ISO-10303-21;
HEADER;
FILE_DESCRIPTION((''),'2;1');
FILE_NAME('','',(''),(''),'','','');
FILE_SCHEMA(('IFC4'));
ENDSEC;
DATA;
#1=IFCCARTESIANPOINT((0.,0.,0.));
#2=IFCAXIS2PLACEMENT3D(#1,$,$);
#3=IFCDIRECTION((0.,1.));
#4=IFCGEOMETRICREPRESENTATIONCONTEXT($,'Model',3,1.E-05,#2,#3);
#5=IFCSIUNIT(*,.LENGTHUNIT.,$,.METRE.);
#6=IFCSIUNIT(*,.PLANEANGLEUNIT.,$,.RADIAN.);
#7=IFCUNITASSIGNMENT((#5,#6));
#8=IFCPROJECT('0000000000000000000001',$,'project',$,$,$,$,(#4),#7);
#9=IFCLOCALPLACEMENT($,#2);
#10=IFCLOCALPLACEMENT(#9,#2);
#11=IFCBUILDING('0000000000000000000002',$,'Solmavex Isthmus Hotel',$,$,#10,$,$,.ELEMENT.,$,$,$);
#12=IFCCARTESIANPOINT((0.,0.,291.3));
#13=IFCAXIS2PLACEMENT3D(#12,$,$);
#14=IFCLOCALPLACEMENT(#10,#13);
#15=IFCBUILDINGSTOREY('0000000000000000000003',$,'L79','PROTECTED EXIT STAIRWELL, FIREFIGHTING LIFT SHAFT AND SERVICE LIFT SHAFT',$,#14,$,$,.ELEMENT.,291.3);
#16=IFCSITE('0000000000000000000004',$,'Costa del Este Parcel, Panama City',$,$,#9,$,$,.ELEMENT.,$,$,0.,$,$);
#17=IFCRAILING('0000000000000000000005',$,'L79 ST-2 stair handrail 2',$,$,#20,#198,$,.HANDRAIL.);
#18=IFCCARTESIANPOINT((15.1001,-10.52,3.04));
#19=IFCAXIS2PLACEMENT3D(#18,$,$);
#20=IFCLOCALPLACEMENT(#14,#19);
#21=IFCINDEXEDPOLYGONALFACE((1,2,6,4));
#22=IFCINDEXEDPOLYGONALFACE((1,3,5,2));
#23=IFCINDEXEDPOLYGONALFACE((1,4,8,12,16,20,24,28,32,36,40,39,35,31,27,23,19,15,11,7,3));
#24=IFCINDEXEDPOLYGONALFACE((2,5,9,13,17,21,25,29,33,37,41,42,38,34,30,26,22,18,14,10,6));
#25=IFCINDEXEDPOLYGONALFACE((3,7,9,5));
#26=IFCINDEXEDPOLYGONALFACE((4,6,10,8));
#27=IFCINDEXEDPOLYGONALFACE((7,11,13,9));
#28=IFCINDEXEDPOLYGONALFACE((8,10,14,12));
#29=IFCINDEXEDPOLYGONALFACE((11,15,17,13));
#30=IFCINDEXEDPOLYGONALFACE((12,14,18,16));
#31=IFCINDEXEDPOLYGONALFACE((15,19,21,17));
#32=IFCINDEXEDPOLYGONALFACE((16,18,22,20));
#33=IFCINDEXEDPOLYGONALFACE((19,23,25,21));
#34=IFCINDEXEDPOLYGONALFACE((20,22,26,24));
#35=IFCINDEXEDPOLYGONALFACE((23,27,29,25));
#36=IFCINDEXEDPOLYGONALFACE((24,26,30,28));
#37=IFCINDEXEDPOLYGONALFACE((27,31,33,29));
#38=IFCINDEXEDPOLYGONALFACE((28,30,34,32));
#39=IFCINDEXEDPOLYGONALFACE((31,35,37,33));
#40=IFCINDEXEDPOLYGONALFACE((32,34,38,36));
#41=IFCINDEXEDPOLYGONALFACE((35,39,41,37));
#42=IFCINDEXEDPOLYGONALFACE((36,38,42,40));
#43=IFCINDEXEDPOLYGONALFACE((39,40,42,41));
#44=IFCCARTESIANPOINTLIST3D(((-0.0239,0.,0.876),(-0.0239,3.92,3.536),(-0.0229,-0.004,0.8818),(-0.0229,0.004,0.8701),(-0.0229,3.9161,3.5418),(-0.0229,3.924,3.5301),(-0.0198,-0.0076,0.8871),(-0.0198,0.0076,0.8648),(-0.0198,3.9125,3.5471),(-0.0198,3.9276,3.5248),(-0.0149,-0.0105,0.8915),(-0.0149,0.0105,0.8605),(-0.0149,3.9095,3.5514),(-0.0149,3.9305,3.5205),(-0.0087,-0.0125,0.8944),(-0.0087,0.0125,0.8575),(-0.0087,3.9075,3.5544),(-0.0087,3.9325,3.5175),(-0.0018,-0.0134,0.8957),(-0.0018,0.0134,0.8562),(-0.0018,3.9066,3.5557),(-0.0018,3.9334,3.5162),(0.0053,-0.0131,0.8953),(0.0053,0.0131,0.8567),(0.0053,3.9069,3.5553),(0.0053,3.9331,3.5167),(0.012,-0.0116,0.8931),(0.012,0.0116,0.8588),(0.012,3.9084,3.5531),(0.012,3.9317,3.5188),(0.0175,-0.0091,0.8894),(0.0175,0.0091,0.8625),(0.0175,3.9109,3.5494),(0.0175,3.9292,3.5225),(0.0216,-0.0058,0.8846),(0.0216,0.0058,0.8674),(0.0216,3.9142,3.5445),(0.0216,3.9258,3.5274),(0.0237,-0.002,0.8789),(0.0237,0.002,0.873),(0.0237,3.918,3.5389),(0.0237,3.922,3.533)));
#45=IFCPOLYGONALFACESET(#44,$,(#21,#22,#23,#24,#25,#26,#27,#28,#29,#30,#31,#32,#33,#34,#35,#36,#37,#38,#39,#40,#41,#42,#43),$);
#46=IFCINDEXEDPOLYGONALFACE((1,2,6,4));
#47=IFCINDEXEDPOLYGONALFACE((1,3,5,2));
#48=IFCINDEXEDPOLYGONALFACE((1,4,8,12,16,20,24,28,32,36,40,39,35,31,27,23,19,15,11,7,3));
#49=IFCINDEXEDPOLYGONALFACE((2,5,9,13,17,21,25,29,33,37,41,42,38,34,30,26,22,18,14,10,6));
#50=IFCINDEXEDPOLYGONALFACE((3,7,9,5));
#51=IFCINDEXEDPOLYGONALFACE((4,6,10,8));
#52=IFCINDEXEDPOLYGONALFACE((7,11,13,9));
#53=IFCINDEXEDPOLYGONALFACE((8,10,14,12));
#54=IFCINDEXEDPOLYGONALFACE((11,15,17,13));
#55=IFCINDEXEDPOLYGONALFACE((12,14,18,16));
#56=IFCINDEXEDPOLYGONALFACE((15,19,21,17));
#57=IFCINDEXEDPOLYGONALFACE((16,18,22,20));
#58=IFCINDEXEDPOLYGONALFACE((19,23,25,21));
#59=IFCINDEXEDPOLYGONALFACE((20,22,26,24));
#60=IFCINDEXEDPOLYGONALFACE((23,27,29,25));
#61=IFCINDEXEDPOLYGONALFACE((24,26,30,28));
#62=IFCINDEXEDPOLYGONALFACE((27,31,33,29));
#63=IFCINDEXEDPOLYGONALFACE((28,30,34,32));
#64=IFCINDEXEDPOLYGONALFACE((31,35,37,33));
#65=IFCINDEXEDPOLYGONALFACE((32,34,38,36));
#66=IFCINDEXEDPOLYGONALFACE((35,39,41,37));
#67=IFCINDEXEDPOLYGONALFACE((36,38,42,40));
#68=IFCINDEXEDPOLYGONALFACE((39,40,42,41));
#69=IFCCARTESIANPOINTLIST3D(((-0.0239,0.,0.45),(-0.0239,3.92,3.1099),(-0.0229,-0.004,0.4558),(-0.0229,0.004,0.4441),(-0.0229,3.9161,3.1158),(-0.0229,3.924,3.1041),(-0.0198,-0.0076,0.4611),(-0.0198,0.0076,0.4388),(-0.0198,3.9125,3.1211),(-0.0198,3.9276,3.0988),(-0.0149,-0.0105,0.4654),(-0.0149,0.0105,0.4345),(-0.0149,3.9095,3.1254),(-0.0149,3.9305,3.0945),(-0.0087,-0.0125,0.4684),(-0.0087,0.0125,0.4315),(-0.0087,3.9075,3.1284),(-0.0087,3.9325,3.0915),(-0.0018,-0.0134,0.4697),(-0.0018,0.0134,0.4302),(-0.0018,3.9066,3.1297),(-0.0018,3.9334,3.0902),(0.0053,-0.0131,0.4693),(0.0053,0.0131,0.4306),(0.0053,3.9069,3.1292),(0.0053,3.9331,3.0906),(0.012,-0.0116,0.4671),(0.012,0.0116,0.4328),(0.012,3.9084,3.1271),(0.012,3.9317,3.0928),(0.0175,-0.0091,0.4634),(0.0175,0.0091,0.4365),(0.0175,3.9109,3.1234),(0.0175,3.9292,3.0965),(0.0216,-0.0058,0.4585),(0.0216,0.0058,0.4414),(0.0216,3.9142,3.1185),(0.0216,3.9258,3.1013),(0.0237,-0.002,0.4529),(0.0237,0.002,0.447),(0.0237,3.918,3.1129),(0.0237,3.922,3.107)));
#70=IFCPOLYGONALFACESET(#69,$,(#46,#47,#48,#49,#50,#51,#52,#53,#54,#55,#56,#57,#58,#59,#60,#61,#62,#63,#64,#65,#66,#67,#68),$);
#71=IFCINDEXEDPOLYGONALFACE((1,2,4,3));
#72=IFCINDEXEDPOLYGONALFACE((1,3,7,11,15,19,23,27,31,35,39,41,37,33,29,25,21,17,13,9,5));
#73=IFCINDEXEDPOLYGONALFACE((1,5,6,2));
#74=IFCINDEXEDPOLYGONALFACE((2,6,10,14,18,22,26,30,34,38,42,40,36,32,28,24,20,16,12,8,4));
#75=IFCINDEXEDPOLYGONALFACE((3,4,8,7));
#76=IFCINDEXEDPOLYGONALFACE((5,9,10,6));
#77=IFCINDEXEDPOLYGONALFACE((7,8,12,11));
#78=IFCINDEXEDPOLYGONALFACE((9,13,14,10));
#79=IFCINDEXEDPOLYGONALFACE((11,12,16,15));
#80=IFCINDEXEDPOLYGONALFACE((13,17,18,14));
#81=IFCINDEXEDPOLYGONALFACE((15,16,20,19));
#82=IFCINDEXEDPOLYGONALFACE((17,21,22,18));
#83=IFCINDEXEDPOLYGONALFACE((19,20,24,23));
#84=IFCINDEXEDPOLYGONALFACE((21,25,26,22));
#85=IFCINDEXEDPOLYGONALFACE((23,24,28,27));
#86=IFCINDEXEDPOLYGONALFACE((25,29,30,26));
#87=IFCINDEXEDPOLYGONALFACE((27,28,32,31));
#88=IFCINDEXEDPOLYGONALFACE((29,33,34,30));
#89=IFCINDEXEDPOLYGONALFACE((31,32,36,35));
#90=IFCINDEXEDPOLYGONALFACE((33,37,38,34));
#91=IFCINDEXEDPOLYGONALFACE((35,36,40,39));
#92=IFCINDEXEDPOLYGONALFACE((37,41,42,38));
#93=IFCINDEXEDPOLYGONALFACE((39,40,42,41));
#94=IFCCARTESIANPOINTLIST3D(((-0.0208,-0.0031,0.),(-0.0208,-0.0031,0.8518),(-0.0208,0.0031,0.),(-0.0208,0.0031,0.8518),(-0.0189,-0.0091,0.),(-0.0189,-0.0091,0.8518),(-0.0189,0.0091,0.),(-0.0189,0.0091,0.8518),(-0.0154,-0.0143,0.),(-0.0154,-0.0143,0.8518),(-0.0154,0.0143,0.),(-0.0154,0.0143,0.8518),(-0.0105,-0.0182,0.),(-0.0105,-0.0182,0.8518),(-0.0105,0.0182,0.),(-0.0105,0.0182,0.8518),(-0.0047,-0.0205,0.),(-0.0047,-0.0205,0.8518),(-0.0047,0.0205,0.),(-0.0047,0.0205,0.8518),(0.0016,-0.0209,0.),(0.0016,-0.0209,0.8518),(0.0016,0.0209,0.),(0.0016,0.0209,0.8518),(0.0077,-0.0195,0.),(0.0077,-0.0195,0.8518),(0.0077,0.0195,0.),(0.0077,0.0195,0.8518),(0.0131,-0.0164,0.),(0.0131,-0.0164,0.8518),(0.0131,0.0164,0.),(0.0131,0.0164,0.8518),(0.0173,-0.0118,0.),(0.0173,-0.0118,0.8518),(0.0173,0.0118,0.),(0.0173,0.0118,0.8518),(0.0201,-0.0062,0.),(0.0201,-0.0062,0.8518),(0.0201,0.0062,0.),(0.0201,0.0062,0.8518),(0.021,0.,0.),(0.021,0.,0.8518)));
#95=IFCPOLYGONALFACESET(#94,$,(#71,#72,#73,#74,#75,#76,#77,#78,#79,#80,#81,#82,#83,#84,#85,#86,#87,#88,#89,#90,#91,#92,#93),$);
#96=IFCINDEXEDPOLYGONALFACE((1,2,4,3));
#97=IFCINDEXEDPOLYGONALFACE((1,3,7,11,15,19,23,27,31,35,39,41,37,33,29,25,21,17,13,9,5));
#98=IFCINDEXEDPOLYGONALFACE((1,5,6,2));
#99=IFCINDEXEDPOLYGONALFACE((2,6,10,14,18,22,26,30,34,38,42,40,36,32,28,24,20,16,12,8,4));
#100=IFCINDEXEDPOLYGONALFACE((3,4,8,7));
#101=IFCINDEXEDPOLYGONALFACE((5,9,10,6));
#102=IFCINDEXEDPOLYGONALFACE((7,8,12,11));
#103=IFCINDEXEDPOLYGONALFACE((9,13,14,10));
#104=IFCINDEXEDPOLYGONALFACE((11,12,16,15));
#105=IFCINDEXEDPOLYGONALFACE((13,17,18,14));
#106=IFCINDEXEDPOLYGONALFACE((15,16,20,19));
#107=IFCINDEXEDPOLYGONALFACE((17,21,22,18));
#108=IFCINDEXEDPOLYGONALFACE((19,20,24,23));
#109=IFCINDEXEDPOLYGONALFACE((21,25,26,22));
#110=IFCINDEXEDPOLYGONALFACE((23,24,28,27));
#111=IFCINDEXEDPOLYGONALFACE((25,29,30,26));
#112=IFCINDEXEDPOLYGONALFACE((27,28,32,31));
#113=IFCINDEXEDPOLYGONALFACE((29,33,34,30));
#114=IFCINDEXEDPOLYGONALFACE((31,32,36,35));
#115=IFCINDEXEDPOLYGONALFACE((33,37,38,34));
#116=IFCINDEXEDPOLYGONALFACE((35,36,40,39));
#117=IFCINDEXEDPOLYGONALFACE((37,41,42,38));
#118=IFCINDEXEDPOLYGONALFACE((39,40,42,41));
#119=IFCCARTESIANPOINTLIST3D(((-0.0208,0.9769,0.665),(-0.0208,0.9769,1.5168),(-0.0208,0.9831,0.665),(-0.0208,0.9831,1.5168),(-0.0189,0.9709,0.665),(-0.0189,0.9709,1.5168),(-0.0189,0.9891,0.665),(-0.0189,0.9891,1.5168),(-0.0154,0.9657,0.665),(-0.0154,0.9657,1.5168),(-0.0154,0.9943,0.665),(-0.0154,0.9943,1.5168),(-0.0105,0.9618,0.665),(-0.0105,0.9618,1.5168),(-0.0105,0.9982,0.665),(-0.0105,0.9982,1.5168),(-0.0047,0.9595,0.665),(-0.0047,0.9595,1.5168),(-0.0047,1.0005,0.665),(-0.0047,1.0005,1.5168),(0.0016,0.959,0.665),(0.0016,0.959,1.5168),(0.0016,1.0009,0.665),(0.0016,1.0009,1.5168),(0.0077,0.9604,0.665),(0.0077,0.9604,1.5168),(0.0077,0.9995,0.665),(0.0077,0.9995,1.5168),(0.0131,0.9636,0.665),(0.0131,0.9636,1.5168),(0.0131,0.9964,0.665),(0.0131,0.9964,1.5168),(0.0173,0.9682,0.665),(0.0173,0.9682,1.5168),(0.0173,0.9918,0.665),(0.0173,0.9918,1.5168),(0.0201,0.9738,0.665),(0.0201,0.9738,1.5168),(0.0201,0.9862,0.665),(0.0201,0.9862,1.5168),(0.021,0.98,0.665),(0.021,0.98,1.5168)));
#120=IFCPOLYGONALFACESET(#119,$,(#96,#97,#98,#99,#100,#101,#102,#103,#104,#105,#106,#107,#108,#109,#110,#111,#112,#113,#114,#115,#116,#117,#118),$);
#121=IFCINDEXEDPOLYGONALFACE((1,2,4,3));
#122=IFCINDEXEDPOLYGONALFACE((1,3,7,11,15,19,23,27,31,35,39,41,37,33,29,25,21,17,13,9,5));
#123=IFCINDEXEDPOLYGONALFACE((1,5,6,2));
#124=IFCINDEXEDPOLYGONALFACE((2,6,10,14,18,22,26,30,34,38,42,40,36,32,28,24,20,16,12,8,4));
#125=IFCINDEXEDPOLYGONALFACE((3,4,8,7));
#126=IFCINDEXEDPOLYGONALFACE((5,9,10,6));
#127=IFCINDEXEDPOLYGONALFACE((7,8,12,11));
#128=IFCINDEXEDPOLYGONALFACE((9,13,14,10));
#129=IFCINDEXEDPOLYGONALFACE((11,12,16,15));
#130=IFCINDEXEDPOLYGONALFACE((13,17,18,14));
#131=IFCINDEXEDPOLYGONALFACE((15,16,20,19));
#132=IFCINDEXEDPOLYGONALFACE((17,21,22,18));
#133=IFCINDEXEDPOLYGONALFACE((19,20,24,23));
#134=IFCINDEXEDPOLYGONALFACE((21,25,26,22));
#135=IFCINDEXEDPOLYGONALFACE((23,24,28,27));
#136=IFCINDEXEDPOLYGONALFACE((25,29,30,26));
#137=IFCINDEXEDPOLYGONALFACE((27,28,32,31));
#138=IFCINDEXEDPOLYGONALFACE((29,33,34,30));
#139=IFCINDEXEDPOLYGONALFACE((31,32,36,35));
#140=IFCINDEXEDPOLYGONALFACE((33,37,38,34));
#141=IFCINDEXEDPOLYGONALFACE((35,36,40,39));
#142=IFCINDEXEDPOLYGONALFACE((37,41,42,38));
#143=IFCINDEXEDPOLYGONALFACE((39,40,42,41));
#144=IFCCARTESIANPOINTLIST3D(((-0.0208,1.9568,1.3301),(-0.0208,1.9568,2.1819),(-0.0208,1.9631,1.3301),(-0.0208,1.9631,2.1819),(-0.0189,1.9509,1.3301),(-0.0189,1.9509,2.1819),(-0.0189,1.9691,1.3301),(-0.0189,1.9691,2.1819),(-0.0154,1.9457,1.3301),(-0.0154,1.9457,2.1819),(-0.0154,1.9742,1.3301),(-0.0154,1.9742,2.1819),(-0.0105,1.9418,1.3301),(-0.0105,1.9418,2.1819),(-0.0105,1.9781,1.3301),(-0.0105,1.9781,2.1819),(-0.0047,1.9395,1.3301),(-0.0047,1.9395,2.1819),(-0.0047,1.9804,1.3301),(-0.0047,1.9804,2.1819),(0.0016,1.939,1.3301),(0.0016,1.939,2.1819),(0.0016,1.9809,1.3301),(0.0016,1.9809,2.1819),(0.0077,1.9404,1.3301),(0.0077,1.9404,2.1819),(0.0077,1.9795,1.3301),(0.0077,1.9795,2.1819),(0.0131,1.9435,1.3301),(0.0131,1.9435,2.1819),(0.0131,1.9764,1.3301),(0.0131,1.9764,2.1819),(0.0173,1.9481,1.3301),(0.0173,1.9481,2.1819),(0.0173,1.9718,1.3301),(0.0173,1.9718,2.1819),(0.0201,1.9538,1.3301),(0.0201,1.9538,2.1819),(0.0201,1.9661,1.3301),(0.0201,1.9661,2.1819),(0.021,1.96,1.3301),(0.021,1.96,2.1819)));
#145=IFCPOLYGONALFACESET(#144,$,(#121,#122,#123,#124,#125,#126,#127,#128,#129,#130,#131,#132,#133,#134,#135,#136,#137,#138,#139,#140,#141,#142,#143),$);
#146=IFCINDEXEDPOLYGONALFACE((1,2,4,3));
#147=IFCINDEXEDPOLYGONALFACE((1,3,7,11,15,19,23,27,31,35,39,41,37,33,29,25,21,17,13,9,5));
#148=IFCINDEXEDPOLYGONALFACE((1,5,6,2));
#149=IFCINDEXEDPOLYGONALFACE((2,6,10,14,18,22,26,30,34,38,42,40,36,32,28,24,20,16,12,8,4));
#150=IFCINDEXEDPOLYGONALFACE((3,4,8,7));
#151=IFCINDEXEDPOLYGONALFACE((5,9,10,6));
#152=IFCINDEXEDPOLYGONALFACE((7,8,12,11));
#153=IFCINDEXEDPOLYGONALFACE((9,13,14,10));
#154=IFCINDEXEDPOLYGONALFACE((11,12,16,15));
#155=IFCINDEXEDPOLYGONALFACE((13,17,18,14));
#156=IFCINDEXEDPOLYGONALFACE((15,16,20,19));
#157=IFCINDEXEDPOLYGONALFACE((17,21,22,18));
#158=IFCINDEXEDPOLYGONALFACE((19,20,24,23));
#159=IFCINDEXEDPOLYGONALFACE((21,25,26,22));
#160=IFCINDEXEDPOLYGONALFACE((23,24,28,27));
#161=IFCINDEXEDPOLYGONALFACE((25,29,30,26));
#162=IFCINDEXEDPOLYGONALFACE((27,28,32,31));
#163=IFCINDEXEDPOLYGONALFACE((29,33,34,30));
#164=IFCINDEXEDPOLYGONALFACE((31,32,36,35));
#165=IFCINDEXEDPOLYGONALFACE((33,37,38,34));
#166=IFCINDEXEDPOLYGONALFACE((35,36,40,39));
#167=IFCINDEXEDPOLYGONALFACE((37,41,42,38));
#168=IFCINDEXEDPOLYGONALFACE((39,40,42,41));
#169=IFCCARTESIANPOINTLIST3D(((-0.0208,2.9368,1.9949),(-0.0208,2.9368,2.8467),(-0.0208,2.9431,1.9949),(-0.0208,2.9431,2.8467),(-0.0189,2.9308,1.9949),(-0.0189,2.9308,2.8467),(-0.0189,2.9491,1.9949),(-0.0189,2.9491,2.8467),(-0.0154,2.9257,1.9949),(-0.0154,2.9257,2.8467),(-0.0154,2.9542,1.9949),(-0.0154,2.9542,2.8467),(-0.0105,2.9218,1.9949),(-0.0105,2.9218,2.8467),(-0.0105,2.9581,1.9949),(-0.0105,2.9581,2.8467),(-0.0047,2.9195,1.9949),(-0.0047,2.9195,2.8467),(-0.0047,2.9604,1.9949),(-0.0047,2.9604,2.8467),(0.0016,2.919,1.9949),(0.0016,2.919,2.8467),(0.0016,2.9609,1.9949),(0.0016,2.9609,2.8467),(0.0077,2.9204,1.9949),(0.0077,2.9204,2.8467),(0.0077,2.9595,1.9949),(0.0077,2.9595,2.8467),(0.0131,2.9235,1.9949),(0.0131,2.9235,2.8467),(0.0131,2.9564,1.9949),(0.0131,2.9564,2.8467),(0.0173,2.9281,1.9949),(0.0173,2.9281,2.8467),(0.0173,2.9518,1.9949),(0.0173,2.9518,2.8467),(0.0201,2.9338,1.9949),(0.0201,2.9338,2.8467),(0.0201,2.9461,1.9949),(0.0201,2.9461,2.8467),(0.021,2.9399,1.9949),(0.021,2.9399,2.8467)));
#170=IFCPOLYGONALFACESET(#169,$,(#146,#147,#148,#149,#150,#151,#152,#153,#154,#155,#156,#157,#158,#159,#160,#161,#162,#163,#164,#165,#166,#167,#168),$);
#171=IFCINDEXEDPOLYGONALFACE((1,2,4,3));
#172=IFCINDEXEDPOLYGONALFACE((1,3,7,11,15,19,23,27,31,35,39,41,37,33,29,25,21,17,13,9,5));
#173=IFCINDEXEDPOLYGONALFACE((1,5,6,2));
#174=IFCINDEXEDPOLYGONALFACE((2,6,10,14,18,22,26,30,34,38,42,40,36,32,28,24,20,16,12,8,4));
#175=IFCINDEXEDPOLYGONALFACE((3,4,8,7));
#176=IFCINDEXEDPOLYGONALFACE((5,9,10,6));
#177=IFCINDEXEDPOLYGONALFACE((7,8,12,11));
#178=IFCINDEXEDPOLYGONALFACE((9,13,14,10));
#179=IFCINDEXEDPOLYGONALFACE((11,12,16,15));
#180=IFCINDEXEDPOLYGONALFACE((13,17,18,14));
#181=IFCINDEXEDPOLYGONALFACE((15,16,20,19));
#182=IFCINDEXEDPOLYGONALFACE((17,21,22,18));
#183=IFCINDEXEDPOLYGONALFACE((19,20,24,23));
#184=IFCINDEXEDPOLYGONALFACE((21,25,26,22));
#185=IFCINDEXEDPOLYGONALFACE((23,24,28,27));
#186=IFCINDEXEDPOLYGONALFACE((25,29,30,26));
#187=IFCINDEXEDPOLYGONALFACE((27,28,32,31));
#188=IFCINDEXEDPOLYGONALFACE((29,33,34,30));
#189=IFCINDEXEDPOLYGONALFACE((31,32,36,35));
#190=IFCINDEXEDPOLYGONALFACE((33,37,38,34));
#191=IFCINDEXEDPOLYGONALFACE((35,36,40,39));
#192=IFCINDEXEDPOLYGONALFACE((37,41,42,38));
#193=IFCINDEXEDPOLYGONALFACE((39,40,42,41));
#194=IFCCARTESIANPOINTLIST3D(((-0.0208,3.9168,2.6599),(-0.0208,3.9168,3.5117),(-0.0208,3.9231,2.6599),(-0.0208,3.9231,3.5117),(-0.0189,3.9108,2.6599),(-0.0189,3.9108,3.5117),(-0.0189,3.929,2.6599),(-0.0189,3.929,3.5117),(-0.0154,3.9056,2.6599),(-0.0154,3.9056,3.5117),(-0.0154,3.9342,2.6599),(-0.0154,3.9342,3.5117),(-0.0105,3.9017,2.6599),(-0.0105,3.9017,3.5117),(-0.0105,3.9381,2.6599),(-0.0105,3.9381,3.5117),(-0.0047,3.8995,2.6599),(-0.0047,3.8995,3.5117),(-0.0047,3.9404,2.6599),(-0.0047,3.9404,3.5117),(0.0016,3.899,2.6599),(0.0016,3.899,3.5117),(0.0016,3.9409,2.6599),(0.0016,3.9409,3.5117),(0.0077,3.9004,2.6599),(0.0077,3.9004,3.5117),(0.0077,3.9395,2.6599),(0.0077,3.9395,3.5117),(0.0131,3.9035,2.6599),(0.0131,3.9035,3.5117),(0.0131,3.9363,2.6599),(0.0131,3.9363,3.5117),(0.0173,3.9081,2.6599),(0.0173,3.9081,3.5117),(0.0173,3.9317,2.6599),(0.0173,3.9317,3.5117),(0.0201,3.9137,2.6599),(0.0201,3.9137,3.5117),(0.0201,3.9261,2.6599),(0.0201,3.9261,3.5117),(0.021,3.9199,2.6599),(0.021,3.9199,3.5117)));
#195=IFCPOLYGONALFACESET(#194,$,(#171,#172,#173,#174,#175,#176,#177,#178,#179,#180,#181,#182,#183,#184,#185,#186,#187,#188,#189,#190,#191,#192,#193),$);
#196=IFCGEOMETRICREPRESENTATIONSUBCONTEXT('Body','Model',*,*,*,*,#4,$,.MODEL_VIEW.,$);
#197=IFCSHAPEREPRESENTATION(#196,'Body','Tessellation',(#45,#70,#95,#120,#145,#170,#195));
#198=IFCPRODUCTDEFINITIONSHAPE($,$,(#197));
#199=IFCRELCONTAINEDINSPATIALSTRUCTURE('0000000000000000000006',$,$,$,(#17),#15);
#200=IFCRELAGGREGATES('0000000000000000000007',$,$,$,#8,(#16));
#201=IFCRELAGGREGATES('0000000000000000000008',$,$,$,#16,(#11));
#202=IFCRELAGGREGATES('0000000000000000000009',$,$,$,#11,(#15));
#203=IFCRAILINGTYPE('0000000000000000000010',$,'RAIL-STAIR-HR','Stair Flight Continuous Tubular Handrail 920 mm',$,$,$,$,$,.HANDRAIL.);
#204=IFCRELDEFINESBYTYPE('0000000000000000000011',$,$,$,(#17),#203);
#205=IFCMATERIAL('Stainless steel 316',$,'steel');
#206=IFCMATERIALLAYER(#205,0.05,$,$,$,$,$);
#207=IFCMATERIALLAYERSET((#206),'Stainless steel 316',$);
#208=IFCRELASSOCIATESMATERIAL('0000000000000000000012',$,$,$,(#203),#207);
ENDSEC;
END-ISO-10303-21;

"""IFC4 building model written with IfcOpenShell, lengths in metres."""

from ifc_helpers import new_model, si_unit, direction, frame, origin, origin_2d, place, context, subcontext, project, spatial, circle, extrude, material, layer, layer_set, type_object, element, save


model = new_model("IFC4")

# Units and contexts
model_context = context("Model", 3, precision=1e-05, world=origin(), true_north=direction((0.0, 1.0)))
body_context = subcontext(model_context, "Body", "Model", "MODEL_VIEW")
ifc_project = project(units=[si_unit("LENGTHUNIT", "METRE"), si_unit("PLANEANGLEUNIT", "RADIAN")], contexts=[model_context])

# Site, building, storey
site_placement = place(None, origin())
site = spatial("IfcSite", under=ifc_project, at=site_placement, Name="Costa del Este Parcel, Panama City", CompositionType="ELEMENT", RefElevation=0.0)
building_placement = place(site_placement, origin())
building = spatial("IfcBuilding", under=site, at=building_placement, Name="Solmavex Isthmus Hotel", CompositionType="ELEMENT")
storey_placement = place(building_placement, frame((0.0, 0.0, 291.3)))
storey = spatial("IfcBuildingStorey", under=building, at=storey_placement, Name="L79", Description="PROTECTED EXIT STAIRWELL, FIREFIGHTING LIFT SHAFT AND SERVICE LIFT SHAFT", CompositionType="ELEMENT", Elevation=291.3)

# Railing
ifc_material_1 = material(Name="Stainless steel 316", Category="steel")
ifc_layer_1 = layer(ifc_material_1, 0.05)
ifc_layer_set_1 = layer_set([ifc_layer_1], Name="Stainless steel 316")
railing_type_1 = type_object("IfcRailingType", Name="RAIL-STAIR-HR", Description="Stair Flight Continuous Tubular Handrail 920 mm", PredefinedType="HANDRAIL", material=ifc_layer_set_1)
railing_1_placement = place(storey_placement, frame((15.1001, -10.52, 3.04)))
element("IfcRailing", 1, at=railing_1_placement, inside=storey, type_object=railing_type_1, Name="L79 ST-2 stair handrail 2", PredefinedType="HANDRAIL", context=body_context, shape_type="SweptSolid", body=[
    extrude(circle(Radius=0.0239, at=origin_2d()), frame((0.0, 0.0, 0.876), z_axis=(0.0, 0.827479, 0.561496), x_axis=(-1.0, 0.0, 0.0)), (0.0, 0.0, 1.0), 4.7373),
    extrude(circle(Radius=0.0239, at=origin_2d()), frame((0.0, 0.0, 0.45), z_axis=(0.0, 0.827479, 0.561496), x_axis=(-1.0, 0.0, 0.0)), (0.0, 0.0, 1.0), 4.7373),
    extrude(circle(Radius=0.021, at=origin_2d()), origin(), (0.0, 0.0, 1.0), 0.8518),
    extrude(circle(Radius=0.021, at=origin_2d()), frame((0.0, 0.98, 0.665)), (0.0, 0.0, 1.0), 0.8518),
    extrude(circle(Radius=0.021, at=origin_2d()), frame((0.0, 1.96, 1.3301)), (0.0, 0.0, 1.0), 0.8518),
    extrude(circle(Radius=0.021, at=origin_2d()), frame((0.0, 2.9399, 1.9949)), (0.0, 0.0, 1.0), 0.8518),
    extrude(circle(Radius=0.021, at=origin_2d()), frame((0.0, 3.9199, 2.6599)), (0.0, 0.0, 1.0), 0.8518),
])

save(model, "model.ifc")
